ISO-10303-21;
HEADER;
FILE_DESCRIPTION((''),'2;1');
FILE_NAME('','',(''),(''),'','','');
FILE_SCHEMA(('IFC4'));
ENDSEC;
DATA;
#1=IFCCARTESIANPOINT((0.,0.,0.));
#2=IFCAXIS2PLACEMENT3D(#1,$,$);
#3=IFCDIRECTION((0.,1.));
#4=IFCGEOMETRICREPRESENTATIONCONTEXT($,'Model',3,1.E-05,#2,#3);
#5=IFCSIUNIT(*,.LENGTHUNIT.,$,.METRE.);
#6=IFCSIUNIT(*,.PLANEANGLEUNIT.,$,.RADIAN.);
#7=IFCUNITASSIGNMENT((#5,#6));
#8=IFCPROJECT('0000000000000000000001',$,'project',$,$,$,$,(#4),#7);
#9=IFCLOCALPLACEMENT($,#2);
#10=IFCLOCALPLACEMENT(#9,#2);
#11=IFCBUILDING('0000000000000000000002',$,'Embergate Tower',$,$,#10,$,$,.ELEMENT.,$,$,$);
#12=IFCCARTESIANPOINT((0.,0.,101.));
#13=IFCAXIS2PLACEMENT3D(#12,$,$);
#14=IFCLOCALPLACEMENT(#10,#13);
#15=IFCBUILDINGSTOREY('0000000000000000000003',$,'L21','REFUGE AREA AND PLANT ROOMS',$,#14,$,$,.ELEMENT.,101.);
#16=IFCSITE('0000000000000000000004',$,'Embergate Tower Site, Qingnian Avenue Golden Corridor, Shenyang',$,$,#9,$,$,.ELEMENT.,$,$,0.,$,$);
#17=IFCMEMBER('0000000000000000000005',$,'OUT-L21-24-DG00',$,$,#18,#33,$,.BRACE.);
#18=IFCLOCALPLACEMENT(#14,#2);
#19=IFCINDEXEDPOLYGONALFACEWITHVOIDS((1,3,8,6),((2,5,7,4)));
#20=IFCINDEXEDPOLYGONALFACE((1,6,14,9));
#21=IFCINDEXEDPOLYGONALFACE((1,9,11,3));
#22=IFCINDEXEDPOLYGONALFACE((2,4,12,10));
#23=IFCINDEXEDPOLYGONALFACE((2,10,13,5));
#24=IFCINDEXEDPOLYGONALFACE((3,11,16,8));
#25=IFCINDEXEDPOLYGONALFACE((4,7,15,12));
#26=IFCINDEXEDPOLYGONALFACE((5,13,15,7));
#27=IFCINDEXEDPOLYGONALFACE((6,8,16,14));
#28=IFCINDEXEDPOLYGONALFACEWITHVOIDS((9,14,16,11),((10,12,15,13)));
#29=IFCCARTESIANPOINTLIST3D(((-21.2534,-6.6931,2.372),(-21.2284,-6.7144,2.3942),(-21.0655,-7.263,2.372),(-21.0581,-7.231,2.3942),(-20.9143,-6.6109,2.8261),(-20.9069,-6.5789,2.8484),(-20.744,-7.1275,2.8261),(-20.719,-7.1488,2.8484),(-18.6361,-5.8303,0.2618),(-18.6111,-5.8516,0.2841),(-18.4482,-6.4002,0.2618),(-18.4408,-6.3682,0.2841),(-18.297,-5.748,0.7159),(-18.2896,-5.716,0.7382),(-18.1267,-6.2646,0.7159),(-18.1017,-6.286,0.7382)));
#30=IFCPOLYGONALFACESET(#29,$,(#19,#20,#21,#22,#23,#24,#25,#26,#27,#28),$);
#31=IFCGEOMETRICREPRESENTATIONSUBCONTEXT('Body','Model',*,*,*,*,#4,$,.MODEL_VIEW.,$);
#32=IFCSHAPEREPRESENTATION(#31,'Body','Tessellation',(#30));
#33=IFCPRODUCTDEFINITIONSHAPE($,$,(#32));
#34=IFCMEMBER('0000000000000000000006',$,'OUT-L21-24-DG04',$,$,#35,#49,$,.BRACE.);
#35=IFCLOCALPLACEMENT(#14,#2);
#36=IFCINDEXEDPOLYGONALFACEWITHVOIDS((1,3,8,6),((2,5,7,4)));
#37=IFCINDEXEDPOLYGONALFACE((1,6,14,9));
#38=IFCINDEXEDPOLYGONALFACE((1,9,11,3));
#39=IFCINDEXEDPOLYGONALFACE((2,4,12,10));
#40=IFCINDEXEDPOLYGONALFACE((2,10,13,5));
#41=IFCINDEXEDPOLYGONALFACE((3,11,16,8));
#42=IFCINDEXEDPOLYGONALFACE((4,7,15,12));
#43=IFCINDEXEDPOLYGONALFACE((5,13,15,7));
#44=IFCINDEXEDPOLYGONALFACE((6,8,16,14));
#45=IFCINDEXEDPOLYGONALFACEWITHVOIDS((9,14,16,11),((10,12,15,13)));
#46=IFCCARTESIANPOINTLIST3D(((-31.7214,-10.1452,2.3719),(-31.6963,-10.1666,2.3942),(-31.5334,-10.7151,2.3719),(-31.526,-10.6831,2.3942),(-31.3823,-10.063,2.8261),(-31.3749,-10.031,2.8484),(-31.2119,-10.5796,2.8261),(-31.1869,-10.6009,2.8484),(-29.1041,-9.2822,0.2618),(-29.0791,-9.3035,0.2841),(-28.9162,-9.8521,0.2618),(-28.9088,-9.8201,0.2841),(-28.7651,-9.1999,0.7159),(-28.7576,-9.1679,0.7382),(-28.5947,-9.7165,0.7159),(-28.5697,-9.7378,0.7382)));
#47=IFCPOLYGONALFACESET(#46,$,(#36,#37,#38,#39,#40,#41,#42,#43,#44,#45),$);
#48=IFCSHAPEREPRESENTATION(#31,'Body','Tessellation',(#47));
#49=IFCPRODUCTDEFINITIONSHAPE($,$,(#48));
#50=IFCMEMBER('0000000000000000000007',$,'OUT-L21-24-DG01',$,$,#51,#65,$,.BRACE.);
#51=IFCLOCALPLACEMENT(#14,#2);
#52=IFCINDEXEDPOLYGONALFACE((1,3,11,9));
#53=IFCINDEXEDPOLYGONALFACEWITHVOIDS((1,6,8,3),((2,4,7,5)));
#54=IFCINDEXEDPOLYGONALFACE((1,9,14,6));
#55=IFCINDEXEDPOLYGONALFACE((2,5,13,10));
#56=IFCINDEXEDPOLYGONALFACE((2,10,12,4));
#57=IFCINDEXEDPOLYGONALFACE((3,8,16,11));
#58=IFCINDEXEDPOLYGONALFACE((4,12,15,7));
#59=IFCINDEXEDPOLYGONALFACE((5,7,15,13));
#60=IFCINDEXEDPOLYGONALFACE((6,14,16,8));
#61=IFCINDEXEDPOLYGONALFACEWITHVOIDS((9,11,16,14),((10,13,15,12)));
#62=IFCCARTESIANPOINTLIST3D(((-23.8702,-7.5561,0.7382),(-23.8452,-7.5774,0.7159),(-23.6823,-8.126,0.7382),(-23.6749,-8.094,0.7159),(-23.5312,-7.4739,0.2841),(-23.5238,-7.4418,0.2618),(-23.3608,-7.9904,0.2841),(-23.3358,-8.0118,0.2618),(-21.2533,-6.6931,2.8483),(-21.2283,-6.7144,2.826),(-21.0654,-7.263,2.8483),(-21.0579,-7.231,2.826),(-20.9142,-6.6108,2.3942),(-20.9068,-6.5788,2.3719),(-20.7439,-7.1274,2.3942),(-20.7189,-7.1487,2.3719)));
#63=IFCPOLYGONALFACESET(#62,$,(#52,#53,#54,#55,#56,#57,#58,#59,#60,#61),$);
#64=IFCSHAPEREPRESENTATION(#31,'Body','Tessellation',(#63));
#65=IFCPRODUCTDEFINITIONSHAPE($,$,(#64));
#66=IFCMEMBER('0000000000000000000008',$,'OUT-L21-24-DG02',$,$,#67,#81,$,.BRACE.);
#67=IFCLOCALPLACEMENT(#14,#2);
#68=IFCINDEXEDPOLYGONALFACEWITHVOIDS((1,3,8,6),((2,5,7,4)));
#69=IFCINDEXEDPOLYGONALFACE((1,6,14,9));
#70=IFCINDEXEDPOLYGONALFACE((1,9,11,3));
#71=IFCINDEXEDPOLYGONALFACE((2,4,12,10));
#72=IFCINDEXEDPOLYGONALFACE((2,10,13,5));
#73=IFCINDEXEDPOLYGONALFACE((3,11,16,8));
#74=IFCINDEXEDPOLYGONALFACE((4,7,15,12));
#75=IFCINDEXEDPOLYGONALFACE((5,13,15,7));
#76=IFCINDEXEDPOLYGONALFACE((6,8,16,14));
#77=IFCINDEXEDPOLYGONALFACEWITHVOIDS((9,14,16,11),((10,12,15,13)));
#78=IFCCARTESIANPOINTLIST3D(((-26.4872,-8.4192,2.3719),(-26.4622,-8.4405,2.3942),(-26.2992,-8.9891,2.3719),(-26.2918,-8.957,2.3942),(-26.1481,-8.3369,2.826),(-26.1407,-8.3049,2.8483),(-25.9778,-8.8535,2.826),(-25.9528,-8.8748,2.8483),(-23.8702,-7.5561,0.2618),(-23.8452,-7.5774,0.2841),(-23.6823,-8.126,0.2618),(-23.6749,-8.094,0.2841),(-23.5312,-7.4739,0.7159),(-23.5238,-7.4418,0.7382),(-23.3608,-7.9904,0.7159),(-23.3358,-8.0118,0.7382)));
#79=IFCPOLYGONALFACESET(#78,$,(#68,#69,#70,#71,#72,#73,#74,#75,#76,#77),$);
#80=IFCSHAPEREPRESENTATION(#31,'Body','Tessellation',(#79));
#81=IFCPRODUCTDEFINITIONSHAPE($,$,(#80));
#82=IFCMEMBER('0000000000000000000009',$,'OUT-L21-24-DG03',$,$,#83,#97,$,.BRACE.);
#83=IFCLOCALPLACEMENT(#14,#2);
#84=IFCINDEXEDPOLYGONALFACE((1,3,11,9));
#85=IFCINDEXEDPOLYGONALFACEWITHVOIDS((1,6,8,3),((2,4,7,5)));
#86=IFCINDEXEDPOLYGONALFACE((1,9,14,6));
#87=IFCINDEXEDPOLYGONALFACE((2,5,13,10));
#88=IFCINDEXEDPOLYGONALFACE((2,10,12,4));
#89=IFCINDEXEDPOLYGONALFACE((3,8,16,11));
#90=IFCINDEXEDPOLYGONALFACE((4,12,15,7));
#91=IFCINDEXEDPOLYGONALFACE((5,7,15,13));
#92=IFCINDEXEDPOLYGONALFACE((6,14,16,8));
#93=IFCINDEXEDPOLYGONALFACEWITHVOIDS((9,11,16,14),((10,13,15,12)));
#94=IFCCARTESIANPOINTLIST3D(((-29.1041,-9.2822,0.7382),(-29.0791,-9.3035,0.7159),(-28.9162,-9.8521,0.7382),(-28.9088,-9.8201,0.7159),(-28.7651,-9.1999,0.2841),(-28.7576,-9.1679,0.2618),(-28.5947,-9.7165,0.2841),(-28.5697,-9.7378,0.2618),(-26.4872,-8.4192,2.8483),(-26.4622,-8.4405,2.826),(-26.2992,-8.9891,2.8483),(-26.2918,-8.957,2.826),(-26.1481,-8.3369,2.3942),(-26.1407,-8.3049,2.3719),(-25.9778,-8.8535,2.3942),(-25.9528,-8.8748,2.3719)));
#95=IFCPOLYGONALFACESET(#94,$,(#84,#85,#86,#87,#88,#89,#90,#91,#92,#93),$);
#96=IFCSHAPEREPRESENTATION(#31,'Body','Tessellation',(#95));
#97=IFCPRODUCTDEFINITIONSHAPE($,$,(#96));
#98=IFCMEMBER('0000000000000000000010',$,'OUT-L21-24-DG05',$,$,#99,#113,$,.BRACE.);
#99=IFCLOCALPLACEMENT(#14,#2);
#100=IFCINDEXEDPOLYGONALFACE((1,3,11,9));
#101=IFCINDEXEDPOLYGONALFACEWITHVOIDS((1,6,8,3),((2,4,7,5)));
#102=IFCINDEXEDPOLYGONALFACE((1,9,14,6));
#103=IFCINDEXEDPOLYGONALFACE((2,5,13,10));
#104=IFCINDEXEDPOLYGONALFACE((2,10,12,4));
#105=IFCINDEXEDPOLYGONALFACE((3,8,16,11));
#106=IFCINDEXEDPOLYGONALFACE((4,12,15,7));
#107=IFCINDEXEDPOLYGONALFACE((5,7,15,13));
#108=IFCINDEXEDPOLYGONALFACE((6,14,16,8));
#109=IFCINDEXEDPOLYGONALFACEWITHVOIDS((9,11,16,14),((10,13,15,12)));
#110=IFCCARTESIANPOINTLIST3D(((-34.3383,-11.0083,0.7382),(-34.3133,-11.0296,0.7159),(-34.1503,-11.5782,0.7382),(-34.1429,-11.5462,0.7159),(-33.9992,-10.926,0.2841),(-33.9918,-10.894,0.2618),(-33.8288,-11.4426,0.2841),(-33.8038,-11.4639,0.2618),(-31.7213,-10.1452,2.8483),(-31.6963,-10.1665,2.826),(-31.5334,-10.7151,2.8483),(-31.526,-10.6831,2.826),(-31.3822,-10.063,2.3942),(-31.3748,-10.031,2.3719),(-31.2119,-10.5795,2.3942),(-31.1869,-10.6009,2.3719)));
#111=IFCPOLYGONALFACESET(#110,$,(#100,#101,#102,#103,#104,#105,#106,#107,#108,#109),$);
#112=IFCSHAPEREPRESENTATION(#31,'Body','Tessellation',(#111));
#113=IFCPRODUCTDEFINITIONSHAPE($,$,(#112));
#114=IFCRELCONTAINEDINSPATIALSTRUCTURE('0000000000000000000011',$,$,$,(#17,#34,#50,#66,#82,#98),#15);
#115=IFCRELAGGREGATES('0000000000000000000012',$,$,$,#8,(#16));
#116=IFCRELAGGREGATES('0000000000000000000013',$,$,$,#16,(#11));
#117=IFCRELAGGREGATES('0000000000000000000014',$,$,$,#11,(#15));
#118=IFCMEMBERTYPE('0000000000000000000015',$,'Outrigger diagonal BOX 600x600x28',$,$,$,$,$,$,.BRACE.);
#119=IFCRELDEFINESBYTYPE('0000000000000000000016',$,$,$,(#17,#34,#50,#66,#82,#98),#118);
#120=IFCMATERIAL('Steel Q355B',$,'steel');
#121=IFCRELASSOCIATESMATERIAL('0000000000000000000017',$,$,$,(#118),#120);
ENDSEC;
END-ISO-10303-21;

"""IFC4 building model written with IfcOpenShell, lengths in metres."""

from ifc_helpers import new_model, si_unit, direction, frame, origin, origin_2d, place, context, subcontext, project, spatial, hollow_rectangle, extrude, source, transform, mapped, material, material_profile, profile_set, type_object, element, save


model = new_model("IFC4")

# Units and contexts
model_context = context("Model", 3, precision=1e-05, world=origin(), true_north=direction((0.0, 1.0)))
body_context = subcontext(model_context, "Body", "Model", "MODEL_VIEW")
ifc_project = project(units=[si_unit("LENGTHUNIT", "METRE"), si_unit("PLANEANGLEUNIT", "RADIAN")], contexts=[model_context])

# Site, building, storey
site_placement = place(None, origin())
site = spatial("IfcSite", under=ifc_project, at=site_placement, Name="Embergate Tower Site, Qingnian Avenue Golden Corridor, Shenyang", CompositionType="ELEMENT", RefElevation=0.0)
building_placement = place(site_placement, origin())
building = spatial("IfcBuilding", under=site, at=building_placement, Name="Embergate Tower", CompositionType="ELEMENT")
storey_placement = place(building_placement, frame((0.0, 0.0, 101.0)))
storey = spatial("IfcBuildingStorey", under=building, at=storey_placement, Name="L21", Description="REFUGE AREA AND PLANT ROOMS", CompositionType="ELEMENT", Elevation=101.0)

# Members
ifc_material = material(Name="Steel Q355B", Category="steel")
ifc_material_profile_1 = material_profile(ifc_material, hollow_rectangle(XDim=0.6001, YDim=0.6001, WallThickness=0.0281, at=origin_2d()), Name="BOX 600x600x28")
ifc_profile_set_1 = profile_set([ifc_material_profile_1], Name="Steel Q355 grade B")
member_type_1 = type_object("IfcMemberType", Name="Outrigger diagonal BOX 600x600x28", PredefinedType="BRACE", material=ifc_profile_set_1)
shared_shape_1 = source(origin(), body_context, "Body", "SweptSolid", [
    extrude(hollow_rectangle(XDim=0.6001, YDim=0.6001, WallThickness=0.0281, at=origin_2d()), origin(), (0.0, 0.0, 1.0), 3.4709),
])
for number, where, z_axis, x_axis, name in (
    (1, (-18.3689, -6.0581, 0.5), (-0.754053, -0.248584, 0.607955), (0.31309, -0.949724, 0.0), "OUT-L21-24-DG00"),
    (2, (-28.8369, -9.51, 0.5), (-0.75404, -0.24865, 0.607945), (0.31317, -0.949697, 0.0), "OUT-L21-24-DG04"),
):
    element("IfcMember", number, at=place(storey_placement, frame(where, z_axis=z_axis, x_axis=x_axis)), inside=storey, type_object=member_type_1, Name=name, PredefinedType="BRACE", context=body_context, shape_type="MappedRepresentation", body=[
        mapped(shared_shape_1, transform((0.0, 0.0, 0.0))),
    ])
shared_shape_2 = source(origin(), body_context, "Body", "SweptSolid", [
    extrude(hollow_rectangle(XDim=0.6001, YDim=0.6001, WallThickness=0.0281, at=origin_2d()), origin(), (0.0, 0.0, 1.0), 3.4707),
])
for number, where, z_axis, x_axis, name in (
    (3, (-20.9861, -6.9209, 2.6101), (-0.75401, -0.248663, -0.607977), (0.313196, -0.949688, 0.0), "OUT-L21-24-DG01"),
    (4, (-23.603, -7.7839, 0.5), (-0.75401, -0.248663, 0.607977), (0.313196, -0.949688, 0.0), "OUT-L21-24-DG02"),
    (5, (-26.22, -8.647, 2.6101), (-0.75401, -0.248663, -0.607977), (0.313196, -0.949688, 0.0), "OUT-L21-24-DG03"),
    (6, (-31.4541, -10.373, 2.6101), (-0.75401, -0.248663, -0.607977), (0.313196, -0.949688, 0.0), "OUT-L21-24-DG05"),
):
    element("IfcMember", number, at=place(storey_placement, frame(where, z_axis=z_axis, x_axis=x_axis)), inside=storey, type_object=member_type_1, Name=name, PredefinedType="BRACE", context=body_context, shape_type="MappedRepresentation", body=[
        mapped(shared_shape_2, transform((0.0, 0.0, 0.0))),
    ])

save(model, "model.ifc")
